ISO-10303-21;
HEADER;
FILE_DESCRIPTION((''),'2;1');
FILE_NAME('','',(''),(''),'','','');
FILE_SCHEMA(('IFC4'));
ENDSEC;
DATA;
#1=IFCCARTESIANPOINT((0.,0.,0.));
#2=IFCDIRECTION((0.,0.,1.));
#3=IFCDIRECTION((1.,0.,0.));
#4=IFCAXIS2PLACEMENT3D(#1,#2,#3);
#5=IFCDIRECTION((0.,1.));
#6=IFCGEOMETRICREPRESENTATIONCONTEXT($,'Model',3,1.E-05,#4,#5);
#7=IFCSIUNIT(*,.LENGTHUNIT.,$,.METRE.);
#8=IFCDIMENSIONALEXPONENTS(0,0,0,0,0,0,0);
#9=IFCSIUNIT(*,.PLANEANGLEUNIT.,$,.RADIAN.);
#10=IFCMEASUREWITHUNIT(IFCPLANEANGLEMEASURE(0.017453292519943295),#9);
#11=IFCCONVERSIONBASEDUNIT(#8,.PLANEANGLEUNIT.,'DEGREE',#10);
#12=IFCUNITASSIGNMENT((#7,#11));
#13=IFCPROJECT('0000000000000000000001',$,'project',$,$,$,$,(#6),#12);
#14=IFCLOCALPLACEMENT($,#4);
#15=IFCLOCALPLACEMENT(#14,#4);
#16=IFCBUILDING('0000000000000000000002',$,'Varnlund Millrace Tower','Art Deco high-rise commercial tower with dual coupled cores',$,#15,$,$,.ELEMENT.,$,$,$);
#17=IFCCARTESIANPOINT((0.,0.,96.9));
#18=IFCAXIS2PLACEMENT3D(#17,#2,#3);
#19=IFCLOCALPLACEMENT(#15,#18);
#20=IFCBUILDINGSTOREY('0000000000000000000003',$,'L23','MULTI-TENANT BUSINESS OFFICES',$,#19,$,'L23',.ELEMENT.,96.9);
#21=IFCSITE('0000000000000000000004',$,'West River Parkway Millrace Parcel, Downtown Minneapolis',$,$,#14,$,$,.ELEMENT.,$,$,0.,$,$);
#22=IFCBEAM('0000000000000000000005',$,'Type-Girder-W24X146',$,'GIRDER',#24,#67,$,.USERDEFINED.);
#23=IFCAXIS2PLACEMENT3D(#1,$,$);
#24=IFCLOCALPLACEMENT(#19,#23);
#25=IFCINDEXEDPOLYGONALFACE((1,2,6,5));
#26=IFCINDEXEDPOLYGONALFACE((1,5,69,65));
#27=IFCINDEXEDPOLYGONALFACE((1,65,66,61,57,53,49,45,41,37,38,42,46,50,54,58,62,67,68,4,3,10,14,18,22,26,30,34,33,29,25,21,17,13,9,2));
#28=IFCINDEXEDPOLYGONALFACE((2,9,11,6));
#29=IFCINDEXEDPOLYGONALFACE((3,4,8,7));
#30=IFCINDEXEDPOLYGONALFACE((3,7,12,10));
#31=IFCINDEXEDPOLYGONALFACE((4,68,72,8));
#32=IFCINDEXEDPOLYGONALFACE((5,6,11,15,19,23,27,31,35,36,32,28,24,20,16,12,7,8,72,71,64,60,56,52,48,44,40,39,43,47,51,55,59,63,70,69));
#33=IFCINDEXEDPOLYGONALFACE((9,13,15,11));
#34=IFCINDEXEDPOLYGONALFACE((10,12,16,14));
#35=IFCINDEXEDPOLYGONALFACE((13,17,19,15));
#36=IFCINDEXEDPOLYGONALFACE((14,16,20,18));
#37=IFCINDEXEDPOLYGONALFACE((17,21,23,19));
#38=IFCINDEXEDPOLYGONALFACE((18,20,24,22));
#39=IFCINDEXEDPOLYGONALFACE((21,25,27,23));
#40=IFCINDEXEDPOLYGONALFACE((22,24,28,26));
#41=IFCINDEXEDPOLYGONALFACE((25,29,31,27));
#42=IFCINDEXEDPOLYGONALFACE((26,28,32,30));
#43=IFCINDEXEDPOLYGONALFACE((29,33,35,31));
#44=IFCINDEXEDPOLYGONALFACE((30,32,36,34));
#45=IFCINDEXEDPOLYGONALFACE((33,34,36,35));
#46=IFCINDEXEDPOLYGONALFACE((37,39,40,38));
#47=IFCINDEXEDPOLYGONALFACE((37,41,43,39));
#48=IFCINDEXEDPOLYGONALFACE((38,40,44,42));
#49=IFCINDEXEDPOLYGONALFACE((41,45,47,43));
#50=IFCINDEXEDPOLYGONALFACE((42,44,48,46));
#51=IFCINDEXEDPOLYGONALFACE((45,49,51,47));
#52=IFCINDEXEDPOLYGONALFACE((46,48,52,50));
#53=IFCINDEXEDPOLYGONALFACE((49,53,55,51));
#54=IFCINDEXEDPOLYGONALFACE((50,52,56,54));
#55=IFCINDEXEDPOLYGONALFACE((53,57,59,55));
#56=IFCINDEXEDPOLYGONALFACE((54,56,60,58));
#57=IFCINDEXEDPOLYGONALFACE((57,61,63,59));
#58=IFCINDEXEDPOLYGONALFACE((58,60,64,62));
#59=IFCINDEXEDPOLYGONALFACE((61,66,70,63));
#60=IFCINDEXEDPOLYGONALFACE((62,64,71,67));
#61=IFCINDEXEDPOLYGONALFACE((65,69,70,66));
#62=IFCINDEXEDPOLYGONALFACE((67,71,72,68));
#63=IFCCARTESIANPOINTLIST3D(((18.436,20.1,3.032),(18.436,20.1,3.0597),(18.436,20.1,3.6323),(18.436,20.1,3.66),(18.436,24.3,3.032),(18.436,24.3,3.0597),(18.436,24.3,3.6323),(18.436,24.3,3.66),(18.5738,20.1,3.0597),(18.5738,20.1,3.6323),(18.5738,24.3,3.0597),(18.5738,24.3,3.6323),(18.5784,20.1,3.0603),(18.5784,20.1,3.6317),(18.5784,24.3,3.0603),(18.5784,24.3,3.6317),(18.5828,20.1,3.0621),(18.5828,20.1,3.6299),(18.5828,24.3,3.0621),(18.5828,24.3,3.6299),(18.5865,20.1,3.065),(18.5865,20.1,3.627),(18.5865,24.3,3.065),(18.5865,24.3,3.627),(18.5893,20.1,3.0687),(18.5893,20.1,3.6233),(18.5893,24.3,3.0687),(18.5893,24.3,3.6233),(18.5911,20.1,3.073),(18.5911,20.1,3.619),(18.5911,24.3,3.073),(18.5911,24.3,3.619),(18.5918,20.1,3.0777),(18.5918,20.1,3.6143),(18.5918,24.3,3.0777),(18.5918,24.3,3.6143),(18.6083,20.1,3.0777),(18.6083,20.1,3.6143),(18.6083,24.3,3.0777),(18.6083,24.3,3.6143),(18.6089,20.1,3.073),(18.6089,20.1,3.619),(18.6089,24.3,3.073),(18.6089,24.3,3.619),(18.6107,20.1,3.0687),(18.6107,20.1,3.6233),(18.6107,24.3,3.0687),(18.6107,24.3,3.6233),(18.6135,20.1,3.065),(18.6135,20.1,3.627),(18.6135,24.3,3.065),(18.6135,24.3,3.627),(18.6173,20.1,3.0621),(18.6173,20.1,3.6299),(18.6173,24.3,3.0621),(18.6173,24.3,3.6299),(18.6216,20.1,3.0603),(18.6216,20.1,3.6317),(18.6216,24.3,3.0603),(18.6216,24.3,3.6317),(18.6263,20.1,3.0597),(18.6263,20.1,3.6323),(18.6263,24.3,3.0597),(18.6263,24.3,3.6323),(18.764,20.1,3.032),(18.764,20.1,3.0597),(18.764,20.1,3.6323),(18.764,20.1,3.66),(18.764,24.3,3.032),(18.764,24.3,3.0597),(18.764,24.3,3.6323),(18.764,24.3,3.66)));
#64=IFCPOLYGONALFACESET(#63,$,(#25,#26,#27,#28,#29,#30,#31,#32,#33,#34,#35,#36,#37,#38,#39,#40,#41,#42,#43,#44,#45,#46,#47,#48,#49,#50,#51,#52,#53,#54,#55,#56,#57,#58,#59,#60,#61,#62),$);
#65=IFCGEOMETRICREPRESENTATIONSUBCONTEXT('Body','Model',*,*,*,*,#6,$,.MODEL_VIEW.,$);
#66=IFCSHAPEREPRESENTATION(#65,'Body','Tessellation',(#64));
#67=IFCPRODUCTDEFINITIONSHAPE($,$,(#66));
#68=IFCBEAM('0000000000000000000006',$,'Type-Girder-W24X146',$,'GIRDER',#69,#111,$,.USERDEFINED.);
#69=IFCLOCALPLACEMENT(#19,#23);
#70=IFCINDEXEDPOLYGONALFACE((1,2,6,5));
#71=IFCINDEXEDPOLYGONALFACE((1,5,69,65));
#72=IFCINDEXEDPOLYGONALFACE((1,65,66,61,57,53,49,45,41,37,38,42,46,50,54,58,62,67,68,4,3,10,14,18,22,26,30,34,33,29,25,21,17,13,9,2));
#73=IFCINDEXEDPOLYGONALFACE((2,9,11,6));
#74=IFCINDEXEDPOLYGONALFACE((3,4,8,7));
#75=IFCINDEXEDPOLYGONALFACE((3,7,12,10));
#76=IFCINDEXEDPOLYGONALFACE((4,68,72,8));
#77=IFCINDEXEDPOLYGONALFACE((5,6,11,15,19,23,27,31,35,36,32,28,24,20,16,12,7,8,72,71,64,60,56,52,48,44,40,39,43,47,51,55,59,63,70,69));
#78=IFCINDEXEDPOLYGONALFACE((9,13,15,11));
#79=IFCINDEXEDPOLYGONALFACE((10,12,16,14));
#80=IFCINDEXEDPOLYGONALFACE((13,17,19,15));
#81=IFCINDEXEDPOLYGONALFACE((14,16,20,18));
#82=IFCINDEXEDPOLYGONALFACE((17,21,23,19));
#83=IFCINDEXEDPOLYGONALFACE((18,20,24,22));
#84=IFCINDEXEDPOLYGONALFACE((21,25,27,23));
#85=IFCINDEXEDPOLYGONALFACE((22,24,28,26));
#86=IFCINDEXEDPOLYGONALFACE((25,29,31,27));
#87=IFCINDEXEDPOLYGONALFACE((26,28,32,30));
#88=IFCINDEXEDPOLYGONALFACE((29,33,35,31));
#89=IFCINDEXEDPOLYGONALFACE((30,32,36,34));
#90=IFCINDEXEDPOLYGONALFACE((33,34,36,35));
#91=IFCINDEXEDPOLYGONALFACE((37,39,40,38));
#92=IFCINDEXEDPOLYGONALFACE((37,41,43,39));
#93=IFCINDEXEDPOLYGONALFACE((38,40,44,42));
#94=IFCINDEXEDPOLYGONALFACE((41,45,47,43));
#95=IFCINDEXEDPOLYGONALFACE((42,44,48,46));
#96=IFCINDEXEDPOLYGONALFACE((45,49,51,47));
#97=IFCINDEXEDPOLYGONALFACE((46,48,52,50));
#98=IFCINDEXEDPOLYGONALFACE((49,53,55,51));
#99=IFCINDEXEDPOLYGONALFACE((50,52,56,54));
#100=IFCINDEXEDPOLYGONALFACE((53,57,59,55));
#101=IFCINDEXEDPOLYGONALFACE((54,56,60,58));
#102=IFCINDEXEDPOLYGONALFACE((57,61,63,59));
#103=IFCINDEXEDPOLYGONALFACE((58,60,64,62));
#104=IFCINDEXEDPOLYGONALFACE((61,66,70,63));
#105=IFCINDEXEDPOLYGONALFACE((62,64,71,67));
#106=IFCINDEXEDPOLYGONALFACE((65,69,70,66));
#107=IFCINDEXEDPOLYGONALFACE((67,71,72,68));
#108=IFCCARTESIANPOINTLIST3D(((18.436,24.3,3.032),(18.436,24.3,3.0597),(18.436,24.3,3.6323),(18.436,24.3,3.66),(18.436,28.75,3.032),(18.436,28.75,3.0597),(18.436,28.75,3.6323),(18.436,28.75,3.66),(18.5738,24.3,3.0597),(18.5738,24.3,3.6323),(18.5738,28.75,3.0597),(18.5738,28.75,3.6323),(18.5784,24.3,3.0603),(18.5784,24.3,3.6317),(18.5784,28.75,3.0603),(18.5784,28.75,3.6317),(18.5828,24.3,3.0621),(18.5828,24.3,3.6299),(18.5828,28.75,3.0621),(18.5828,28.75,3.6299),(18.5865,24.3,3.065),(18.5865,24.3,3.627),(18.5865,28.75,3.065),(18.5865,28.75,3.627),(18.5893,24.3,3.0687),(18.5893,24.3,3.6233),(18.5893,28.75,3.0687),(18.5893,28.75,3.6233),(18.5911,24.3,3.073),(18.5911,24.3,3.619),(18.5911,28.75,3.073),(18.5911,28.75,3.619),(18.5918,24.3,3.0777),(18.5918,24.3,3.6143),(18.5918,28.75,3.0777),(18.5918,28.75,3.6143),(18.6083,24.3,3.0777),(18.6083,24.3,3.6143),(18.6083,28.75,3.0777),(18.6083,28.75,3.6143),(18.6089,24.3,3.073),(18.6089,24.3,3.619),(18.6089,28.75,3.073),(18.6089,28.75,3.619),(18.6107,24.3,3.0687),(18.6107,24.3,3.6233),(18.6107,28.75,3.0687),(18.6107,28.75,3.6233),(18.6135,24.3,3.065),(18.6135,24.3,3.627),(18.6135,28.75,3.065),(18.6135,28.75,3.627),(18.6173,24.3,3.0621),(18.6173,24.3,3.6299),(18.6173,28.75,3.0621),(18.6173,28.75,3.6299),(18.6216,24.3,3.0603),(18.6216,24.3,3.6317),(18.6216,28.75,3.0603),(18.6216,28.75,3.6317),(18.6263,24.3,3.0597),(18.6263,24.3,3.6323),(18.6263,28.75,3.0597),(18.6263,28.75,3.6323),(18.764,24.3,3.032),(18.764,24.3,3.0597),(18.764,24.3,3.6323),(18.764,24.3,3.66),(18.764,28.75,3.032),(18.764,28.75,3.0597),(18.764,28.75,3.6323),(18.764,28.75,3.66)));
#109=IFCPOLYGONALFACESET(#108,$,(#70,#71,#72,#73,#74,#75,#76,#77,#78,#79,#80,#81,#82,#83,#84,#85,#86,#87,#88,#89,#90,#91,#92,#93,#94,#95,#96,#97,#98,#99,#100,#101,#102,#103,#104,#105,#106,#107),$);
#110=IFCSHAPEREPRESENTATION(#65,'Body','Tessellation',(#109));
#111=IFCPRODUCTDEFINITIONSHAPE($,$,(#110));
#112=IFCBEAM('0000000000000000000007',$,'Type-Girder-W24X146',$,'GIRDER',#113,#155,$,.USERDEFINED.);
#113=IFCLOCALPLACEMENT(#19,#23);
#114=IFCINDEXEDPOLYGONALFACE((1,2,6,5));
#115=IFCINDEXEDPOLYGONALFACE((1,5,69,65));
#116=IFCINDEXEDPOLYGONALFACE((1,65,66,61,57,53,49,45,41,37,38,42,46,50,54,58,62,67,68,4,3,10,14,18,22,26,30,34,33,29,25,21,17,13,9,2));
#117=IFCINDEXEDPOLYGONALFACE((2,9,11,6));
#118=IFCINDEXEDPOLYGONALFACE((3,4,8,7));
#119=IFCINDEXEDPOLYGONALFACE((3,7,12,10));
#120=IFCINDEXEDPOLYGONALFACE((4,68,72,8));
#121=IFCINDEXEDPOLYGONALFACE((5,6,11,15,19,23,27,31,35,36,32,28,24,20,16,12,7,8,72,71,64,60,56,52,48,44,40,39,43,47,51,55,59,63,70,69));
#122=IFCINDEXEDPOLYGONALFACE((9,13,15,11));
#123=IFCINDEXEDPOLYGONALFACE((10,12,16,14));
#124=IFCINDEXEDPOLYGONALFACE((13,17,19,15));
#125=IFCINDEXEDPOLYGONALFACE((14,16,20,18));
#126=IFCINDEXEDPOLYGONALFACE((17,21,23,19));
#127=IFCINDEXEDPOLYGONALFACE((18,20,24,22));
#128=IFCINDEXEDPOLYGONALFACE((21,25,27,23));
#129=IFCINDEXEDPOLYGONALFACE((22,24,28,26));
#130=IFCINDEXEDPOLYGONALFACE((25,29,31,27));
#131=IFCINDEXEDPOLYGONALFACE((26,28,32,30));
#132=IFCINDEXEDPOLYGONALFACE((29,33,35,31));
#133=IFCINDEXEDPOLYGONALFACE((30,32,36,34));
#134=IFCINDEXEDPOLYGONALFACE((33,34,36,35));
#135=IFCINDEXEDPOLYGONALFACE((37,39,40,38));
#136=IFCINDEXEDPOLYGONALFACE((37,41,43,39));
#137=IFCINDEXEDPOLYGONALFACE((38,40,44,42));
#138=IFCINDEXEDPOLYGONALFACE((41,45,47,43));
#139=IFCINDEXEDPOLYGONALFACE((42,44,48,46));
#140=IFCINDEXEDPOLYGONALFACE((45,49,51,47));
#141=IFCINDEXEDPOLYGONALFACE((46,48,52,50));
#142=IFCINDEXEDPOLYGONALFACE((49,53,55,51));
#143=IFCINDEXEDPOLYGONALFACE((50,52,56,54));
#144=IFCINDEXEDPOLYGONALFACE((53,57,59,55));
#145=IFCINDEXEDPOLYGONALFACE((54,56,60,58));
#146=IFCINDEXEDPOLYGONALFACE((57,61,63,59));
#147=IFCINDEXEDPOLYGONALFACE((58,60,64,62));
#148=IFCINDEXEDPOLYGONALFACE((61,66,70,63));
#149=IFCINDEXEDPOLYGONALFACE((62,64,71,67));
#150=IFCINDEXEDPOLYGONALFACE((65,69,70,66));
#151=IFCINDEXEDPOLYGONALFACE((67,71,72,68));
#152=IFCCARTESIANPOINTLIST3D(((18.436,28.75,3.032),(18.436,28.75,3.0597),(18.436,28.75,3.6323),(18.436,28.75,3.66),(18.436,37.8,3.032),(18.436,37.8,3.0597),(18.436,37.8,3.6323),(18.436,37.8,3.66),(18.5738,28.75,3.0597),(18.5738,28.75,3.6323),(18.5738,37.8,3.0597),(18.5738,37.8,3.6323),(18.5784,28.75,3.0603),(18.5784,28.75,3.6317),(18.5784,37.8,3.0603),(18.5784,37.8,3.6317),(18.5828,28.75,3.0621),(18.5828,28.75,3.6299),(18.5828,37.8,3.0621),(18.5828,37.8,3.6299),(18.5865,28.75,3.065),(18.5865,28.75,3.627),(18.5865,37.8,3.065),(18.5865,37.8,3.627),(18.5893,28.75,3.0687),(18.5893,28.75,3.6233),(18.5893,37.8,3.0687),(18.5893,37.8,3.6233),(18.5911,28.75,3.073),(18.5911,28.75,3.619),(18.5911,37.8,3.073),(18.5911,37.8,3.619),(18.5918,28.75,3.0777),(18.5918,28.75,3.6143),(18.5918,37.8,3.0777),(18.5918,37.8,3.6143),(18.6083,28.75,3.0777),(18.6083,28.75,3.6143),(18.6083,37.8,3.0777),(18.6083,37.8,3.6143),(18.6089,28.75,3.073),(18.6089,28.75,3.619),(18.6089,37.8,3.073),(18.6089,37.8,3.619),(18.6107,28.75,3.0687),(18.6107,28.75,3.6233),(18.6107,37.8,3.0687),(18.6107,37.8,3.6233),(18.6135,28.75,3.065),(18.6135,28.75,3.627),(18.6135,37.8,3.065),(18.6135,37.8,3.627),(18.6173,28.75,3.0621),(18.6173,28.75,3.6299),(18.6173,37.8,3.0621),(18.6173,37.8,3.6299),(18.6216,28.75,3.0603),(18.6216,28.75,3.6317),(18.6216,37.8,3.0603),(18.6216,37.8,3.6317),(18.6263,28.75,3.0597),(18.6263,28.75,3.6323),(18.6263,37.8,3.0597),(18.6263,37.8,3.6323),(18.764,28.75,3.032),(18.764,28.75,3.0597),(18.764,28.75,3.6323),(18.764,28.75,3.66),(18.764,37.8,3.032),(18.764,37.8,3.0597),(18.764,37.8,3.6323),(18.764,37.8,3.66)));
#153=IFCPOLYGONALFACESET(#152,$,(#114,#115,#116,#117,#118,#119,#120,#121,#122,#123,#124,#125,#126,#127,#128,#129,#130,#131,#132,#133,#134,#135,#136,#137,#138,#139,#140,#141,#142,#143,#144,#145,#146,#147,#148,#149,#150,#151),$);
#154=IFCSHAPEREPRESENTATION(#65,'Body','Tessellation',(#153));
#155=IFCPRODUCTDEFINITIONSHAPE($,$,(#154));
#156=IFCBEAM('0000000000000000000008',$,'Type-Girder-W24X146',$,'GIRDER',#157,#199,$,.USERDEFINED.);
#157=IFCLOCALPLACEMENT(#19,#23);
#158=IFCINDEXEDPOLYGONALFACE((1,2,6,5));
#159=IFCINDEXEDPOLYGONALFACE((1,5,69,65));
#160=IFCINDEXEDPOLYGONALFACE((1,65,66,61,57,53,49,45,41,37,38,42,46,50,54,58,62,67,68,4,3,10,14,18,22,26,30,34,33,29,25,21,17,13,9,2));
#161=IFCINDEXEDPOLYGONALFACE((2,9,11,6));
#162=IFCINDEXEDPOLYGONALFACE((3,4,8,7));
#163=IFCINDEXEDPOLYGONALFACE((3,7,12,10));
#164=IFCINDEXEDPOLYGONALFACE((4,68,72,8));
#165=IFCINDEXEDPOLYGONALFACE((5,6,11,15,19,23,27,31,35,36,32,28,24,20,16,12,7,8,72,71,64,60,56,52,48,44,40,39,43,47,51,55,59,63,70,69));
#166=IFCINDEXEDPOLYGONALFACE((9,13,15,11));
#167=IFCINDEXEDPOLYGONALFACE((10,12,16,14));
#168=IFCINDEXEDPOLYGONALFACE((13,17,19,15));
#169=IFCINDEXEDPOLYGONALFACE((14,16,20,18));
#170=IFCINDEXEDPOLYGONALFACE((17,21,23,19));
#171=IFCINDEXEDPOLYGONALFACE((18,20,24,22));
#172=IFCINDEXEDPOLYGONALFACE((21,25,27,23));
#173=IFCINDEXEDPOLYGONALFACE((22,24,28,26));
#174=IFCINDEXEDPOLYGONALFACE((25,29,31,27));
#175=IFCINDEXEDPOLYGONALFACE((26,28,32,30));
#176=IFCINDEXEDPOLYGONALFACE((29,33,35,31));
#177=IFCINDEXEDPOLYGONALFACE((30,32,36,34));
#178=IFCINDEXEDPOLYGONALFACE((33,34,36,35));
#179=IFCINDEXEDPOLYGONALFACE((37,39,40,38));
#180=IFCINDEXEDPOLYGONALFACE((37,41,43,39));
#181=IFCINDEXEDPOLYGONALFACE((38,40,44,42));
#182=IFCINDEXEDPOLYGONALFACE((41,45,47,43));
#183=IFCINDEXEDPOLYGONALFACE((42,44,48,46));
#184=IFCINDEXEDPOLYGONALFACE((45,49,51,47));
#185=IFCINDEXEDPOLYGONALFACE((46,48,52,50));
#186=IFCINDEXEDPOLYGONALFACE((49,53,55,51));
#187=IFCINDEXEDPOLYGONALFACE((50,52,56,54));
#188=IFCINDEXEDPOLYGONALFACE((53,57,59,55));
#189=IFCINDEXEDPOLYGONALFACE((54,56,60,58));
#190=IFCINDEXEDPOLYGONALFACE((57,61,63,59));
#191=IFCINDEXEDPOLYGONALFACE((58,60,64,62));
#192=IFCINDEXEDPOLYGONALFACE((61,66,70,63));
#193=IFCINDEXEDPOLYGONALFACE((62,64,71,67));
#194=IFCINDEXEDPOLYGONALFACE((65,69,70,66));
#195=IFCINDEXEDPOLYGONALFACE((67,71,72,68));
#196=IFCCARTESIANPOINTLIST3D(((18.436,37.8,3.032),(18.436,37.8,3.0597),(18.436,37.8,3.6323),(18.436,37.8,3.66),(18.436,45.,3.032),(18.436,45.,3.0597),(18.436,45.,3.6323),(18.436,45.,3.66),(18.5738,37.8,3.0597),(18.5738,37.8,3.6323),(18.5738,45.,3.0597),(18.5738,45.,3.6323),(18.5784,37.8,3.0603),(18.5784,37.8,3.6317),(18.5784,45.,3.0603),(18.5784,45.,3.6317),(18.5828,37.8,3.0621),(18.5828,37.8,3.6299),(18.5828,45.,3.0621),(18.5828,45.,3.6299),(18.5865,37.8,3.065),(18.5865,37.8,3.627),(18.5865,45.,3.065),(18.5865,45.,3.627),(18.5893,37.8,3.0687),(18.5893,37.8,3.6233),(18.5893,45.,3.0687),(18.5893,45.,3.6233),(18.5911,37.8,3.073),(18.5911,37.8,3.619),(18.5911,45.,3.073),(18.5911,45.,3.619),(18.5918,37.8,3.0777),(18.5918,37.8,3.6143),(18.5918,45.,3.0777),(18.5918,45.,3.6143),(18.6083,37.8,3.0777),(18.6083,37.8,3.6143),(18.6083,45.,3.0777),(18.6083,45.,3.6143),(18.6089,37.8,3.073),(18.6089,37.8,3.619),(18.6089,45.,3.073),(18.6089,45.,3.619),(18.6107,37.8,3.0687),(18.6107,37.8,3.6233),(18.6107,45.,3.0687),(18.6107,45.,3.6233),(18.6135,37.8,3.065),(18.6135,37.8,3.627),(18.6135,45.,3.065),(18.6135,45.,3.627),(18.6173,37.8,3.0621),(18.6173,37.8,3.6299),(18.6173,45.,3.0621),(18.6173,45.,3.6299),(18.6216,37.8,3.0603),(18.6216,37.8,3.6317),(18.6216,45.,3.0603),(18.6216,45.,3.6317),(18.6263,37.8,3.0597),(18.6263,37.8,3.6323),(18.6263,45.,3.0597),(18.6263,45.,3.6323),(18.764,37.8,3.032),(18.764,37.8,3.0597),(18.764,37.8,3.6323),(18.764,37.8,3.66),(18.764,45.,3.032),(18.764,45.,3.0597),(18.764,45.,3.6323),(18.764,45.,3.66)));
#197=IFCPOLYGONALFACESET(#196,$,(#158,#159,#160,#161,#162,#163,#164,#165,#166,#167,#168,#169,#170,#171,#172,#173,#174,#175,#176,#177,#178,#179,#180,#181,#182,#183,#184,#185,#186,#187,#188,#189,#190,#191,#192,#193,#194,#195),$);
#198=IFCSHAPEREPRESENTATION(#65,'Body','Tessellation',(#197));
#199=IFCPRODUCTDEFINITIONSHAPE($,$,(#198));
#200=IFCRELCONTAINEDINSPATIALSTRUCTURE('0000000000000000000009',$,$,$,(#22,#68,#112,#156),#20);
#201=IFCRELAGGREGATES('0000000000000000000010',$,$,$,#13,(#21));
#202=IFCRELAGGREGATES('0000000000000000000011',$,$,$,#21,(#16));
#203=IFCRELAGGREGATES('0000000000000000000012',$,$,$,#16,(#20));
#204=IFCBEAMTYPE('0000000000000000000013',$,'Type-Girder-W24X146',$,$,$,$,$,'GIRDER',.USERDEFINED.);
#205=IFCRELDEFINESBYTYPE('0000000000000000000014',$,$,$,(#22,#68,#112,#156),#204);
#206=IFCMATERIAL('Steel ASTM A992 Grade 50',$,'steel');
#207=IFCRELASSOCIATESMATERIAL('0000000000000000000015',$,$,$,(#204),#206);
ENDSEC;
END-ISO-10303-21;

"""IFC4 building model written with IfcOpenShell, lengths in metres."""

from ifc_helpers import new_model, entity, si_unit, converted_unit, direction, frame, origin_with_axes, origin_2d_with_axis, place, context, subcontext, project, spatial, i_section, extrude, material, material_profile, profile_set, type_object, element, save


model = new_model("IFC4")

# Units and contexts
model_context = context("Model", 3, precision=1e-05, world=origin_with_axes(), true_north=direction((0.0, 1.0)))
body_context = subcontext(model_context, "Body", "Model", "MODEL_VIEW")
ifc_project = project(units=[si_unit("LENGTHUNIT", "METRE"), converted_unit("PLANEANGLEUNIT", "DEGREE", entity("IfcPlaneAngleMeasure", 0.017453292519943295), si_unit("PLANEANGLEUNIT", "RADIAN"), dimensions=[0, 0, 0, 0, 0, 0, 0])], contexts=[model_context])

# Site, building, storey
site_placement = place(None, origin_with_axes())
site = spatial("IfcSite", under=ifc_project, at=site_placement, Name="West River Parkway Millrace Parcel, Downtown Minneapolis", CompositionType="ELEMENT", RefElevation=0.0)
building_placement = place(site_placement, origin_with_axes())
building = spatial("IfcBuilding", under=site, at=building_placement, Name="Varnlund Millrace Tower", Description="Art Deco high-rise commercial tower with dual coupled cores", CompositionType="ELEMENT")
storey_placement = place(building_placement, frame((0.0, 0.0, 96.9), z_axis=(0.0, 0.0, 1.0), x_axis=(1.0, 0.0, 0.0)))
storey = spatial("IfcBuildingStorey", under=building, at=storey_placement, Name="L23", Description="MULTI-TENANT BUSINESS OFFICES", LongName="L23", CompositionType="ELEMENT", Elevation=96.9)

# Beams
ifc_material_1 = material(Name="Steel ASTM A992 Grade 50", Category="steel")
ifc_material_profile_1 = material_profile(ifc_material_1, i_section(OverallWidth=0.328, OverallDepth=0.628, WebThickness=0.0165, FlangeThickness=0.0277, FilletRadius=0.018, at=origin_2d_with_axis()), Name="Steel ASTM A992 Grade 50")
ifc_profile_set_1 = profile_set([ifc_material_profile_1], Name="Steel ASTM A992 Grade 50")
beam_type_1 = type_object("IfcBeamType", Name="Type-Girder-W24X146", ElementType="GIRDER", PredefinedType="USERDEFINED", material=ifc_profile_set_1)
beam_1_placement = place(storey_placement, frame((18.6, 20.1, 3.346), z_axis=(0.0, 1.0, 0.0), x_axis=(-1.0, 0.0, 0.0)))
element("IfcBeam", 1, at=beam_1_placement, inside=storey, type_object=beam_type_1, Name="Type-Girder-W24X146", ObjectType="GIRDER", PredefinedType="USERDEFINED", context=body_context, shape_type="SweptSolid", body=[
    extrude(i_section(OverallWidth=0.328, OverallDepth=0.628, WebThickness=0.0165, FlangeThickness=0.0277, FilletRadius=0.018, at=origin_2d_with_axis()), origin_with_axes(), (0.0, 0.0, 1.0), 4.2),
])
beam_2_placement = place(storey_placement, frame((18.6, 24.3, 3.346), z_axis=(0.0, 1.0, 0.0), x_axis=(-1.0, 0.0, 0.0)))
element("IfcBeam", 2, at=beam_2_placement, inside=storey, type_object=beam_type_1, Name="Type-Girder-W24X146", ObjectType="GIRDER", PredefinedType="USERDEFINED", context=body_context, shape_type="SweptSolid", body=[
    extrude(i_section(OverallWidth=0.328, OverallDepth=0.628, WebThickness=0.0165, FlangeThickness=0.0277, FilletRadius=0.018, at=origin_2d_with_axis()), origin_with_axes(), (0.0, 0.0, 1.0), 4.45),
])
beam_3_placement = place(storey_placement, frame((18.6, 28.75, 3.346), z_axis=(0.0, 1.0, 0.0), x_axis=(-1.0, 0.0, 0.0)))
element("IfcBeam", 3, at=beam_3_placement, inside=storey, type_object=beam_type_1, Name="Type-Girder-W24X146", ObjectType="GIRDER", PredefinedType="USERDEFINED", context=body_context, shape_type="SweptSolid", body=[
    extrude(i_section(OverallWidth=0.328, OverallDepth=0.628, WebThickness=0.0165, FlangeThickness=0.0277, FilletRadius=0.018, at=origin_2d_with_axis()), origin_with_axes(), (0.0, 0.0, 1.0), 9.05),
])
beam_4_placement = place(storey_placement, frame((18.6, 37.8, 3.346), z_axis=(0.0, 1.0, 0.0), x_axis=(-1.0, 0.0, 0.0)))
element("IfcBeam", 4, at=beam_4_placement, inside=storey, type_object=beam_type_1, Name="Type-Girder-W24X146", ObjectType="GIRDER", PredefinedType="USERDEFINED", context=body_context, shape_type="SweptSolid", body=[
    extrude(i_section(OverallWidth=0.328, OverallDepth=0.628, WebThickness=0.0165, FlangeThickness=0.0277, FilletRadius=0.018, at=origin_2d_with_axis()), origin_with_axes(), (0.0, 0.0, 1.0), 7.2),
])

save(model, "model.ifc")
